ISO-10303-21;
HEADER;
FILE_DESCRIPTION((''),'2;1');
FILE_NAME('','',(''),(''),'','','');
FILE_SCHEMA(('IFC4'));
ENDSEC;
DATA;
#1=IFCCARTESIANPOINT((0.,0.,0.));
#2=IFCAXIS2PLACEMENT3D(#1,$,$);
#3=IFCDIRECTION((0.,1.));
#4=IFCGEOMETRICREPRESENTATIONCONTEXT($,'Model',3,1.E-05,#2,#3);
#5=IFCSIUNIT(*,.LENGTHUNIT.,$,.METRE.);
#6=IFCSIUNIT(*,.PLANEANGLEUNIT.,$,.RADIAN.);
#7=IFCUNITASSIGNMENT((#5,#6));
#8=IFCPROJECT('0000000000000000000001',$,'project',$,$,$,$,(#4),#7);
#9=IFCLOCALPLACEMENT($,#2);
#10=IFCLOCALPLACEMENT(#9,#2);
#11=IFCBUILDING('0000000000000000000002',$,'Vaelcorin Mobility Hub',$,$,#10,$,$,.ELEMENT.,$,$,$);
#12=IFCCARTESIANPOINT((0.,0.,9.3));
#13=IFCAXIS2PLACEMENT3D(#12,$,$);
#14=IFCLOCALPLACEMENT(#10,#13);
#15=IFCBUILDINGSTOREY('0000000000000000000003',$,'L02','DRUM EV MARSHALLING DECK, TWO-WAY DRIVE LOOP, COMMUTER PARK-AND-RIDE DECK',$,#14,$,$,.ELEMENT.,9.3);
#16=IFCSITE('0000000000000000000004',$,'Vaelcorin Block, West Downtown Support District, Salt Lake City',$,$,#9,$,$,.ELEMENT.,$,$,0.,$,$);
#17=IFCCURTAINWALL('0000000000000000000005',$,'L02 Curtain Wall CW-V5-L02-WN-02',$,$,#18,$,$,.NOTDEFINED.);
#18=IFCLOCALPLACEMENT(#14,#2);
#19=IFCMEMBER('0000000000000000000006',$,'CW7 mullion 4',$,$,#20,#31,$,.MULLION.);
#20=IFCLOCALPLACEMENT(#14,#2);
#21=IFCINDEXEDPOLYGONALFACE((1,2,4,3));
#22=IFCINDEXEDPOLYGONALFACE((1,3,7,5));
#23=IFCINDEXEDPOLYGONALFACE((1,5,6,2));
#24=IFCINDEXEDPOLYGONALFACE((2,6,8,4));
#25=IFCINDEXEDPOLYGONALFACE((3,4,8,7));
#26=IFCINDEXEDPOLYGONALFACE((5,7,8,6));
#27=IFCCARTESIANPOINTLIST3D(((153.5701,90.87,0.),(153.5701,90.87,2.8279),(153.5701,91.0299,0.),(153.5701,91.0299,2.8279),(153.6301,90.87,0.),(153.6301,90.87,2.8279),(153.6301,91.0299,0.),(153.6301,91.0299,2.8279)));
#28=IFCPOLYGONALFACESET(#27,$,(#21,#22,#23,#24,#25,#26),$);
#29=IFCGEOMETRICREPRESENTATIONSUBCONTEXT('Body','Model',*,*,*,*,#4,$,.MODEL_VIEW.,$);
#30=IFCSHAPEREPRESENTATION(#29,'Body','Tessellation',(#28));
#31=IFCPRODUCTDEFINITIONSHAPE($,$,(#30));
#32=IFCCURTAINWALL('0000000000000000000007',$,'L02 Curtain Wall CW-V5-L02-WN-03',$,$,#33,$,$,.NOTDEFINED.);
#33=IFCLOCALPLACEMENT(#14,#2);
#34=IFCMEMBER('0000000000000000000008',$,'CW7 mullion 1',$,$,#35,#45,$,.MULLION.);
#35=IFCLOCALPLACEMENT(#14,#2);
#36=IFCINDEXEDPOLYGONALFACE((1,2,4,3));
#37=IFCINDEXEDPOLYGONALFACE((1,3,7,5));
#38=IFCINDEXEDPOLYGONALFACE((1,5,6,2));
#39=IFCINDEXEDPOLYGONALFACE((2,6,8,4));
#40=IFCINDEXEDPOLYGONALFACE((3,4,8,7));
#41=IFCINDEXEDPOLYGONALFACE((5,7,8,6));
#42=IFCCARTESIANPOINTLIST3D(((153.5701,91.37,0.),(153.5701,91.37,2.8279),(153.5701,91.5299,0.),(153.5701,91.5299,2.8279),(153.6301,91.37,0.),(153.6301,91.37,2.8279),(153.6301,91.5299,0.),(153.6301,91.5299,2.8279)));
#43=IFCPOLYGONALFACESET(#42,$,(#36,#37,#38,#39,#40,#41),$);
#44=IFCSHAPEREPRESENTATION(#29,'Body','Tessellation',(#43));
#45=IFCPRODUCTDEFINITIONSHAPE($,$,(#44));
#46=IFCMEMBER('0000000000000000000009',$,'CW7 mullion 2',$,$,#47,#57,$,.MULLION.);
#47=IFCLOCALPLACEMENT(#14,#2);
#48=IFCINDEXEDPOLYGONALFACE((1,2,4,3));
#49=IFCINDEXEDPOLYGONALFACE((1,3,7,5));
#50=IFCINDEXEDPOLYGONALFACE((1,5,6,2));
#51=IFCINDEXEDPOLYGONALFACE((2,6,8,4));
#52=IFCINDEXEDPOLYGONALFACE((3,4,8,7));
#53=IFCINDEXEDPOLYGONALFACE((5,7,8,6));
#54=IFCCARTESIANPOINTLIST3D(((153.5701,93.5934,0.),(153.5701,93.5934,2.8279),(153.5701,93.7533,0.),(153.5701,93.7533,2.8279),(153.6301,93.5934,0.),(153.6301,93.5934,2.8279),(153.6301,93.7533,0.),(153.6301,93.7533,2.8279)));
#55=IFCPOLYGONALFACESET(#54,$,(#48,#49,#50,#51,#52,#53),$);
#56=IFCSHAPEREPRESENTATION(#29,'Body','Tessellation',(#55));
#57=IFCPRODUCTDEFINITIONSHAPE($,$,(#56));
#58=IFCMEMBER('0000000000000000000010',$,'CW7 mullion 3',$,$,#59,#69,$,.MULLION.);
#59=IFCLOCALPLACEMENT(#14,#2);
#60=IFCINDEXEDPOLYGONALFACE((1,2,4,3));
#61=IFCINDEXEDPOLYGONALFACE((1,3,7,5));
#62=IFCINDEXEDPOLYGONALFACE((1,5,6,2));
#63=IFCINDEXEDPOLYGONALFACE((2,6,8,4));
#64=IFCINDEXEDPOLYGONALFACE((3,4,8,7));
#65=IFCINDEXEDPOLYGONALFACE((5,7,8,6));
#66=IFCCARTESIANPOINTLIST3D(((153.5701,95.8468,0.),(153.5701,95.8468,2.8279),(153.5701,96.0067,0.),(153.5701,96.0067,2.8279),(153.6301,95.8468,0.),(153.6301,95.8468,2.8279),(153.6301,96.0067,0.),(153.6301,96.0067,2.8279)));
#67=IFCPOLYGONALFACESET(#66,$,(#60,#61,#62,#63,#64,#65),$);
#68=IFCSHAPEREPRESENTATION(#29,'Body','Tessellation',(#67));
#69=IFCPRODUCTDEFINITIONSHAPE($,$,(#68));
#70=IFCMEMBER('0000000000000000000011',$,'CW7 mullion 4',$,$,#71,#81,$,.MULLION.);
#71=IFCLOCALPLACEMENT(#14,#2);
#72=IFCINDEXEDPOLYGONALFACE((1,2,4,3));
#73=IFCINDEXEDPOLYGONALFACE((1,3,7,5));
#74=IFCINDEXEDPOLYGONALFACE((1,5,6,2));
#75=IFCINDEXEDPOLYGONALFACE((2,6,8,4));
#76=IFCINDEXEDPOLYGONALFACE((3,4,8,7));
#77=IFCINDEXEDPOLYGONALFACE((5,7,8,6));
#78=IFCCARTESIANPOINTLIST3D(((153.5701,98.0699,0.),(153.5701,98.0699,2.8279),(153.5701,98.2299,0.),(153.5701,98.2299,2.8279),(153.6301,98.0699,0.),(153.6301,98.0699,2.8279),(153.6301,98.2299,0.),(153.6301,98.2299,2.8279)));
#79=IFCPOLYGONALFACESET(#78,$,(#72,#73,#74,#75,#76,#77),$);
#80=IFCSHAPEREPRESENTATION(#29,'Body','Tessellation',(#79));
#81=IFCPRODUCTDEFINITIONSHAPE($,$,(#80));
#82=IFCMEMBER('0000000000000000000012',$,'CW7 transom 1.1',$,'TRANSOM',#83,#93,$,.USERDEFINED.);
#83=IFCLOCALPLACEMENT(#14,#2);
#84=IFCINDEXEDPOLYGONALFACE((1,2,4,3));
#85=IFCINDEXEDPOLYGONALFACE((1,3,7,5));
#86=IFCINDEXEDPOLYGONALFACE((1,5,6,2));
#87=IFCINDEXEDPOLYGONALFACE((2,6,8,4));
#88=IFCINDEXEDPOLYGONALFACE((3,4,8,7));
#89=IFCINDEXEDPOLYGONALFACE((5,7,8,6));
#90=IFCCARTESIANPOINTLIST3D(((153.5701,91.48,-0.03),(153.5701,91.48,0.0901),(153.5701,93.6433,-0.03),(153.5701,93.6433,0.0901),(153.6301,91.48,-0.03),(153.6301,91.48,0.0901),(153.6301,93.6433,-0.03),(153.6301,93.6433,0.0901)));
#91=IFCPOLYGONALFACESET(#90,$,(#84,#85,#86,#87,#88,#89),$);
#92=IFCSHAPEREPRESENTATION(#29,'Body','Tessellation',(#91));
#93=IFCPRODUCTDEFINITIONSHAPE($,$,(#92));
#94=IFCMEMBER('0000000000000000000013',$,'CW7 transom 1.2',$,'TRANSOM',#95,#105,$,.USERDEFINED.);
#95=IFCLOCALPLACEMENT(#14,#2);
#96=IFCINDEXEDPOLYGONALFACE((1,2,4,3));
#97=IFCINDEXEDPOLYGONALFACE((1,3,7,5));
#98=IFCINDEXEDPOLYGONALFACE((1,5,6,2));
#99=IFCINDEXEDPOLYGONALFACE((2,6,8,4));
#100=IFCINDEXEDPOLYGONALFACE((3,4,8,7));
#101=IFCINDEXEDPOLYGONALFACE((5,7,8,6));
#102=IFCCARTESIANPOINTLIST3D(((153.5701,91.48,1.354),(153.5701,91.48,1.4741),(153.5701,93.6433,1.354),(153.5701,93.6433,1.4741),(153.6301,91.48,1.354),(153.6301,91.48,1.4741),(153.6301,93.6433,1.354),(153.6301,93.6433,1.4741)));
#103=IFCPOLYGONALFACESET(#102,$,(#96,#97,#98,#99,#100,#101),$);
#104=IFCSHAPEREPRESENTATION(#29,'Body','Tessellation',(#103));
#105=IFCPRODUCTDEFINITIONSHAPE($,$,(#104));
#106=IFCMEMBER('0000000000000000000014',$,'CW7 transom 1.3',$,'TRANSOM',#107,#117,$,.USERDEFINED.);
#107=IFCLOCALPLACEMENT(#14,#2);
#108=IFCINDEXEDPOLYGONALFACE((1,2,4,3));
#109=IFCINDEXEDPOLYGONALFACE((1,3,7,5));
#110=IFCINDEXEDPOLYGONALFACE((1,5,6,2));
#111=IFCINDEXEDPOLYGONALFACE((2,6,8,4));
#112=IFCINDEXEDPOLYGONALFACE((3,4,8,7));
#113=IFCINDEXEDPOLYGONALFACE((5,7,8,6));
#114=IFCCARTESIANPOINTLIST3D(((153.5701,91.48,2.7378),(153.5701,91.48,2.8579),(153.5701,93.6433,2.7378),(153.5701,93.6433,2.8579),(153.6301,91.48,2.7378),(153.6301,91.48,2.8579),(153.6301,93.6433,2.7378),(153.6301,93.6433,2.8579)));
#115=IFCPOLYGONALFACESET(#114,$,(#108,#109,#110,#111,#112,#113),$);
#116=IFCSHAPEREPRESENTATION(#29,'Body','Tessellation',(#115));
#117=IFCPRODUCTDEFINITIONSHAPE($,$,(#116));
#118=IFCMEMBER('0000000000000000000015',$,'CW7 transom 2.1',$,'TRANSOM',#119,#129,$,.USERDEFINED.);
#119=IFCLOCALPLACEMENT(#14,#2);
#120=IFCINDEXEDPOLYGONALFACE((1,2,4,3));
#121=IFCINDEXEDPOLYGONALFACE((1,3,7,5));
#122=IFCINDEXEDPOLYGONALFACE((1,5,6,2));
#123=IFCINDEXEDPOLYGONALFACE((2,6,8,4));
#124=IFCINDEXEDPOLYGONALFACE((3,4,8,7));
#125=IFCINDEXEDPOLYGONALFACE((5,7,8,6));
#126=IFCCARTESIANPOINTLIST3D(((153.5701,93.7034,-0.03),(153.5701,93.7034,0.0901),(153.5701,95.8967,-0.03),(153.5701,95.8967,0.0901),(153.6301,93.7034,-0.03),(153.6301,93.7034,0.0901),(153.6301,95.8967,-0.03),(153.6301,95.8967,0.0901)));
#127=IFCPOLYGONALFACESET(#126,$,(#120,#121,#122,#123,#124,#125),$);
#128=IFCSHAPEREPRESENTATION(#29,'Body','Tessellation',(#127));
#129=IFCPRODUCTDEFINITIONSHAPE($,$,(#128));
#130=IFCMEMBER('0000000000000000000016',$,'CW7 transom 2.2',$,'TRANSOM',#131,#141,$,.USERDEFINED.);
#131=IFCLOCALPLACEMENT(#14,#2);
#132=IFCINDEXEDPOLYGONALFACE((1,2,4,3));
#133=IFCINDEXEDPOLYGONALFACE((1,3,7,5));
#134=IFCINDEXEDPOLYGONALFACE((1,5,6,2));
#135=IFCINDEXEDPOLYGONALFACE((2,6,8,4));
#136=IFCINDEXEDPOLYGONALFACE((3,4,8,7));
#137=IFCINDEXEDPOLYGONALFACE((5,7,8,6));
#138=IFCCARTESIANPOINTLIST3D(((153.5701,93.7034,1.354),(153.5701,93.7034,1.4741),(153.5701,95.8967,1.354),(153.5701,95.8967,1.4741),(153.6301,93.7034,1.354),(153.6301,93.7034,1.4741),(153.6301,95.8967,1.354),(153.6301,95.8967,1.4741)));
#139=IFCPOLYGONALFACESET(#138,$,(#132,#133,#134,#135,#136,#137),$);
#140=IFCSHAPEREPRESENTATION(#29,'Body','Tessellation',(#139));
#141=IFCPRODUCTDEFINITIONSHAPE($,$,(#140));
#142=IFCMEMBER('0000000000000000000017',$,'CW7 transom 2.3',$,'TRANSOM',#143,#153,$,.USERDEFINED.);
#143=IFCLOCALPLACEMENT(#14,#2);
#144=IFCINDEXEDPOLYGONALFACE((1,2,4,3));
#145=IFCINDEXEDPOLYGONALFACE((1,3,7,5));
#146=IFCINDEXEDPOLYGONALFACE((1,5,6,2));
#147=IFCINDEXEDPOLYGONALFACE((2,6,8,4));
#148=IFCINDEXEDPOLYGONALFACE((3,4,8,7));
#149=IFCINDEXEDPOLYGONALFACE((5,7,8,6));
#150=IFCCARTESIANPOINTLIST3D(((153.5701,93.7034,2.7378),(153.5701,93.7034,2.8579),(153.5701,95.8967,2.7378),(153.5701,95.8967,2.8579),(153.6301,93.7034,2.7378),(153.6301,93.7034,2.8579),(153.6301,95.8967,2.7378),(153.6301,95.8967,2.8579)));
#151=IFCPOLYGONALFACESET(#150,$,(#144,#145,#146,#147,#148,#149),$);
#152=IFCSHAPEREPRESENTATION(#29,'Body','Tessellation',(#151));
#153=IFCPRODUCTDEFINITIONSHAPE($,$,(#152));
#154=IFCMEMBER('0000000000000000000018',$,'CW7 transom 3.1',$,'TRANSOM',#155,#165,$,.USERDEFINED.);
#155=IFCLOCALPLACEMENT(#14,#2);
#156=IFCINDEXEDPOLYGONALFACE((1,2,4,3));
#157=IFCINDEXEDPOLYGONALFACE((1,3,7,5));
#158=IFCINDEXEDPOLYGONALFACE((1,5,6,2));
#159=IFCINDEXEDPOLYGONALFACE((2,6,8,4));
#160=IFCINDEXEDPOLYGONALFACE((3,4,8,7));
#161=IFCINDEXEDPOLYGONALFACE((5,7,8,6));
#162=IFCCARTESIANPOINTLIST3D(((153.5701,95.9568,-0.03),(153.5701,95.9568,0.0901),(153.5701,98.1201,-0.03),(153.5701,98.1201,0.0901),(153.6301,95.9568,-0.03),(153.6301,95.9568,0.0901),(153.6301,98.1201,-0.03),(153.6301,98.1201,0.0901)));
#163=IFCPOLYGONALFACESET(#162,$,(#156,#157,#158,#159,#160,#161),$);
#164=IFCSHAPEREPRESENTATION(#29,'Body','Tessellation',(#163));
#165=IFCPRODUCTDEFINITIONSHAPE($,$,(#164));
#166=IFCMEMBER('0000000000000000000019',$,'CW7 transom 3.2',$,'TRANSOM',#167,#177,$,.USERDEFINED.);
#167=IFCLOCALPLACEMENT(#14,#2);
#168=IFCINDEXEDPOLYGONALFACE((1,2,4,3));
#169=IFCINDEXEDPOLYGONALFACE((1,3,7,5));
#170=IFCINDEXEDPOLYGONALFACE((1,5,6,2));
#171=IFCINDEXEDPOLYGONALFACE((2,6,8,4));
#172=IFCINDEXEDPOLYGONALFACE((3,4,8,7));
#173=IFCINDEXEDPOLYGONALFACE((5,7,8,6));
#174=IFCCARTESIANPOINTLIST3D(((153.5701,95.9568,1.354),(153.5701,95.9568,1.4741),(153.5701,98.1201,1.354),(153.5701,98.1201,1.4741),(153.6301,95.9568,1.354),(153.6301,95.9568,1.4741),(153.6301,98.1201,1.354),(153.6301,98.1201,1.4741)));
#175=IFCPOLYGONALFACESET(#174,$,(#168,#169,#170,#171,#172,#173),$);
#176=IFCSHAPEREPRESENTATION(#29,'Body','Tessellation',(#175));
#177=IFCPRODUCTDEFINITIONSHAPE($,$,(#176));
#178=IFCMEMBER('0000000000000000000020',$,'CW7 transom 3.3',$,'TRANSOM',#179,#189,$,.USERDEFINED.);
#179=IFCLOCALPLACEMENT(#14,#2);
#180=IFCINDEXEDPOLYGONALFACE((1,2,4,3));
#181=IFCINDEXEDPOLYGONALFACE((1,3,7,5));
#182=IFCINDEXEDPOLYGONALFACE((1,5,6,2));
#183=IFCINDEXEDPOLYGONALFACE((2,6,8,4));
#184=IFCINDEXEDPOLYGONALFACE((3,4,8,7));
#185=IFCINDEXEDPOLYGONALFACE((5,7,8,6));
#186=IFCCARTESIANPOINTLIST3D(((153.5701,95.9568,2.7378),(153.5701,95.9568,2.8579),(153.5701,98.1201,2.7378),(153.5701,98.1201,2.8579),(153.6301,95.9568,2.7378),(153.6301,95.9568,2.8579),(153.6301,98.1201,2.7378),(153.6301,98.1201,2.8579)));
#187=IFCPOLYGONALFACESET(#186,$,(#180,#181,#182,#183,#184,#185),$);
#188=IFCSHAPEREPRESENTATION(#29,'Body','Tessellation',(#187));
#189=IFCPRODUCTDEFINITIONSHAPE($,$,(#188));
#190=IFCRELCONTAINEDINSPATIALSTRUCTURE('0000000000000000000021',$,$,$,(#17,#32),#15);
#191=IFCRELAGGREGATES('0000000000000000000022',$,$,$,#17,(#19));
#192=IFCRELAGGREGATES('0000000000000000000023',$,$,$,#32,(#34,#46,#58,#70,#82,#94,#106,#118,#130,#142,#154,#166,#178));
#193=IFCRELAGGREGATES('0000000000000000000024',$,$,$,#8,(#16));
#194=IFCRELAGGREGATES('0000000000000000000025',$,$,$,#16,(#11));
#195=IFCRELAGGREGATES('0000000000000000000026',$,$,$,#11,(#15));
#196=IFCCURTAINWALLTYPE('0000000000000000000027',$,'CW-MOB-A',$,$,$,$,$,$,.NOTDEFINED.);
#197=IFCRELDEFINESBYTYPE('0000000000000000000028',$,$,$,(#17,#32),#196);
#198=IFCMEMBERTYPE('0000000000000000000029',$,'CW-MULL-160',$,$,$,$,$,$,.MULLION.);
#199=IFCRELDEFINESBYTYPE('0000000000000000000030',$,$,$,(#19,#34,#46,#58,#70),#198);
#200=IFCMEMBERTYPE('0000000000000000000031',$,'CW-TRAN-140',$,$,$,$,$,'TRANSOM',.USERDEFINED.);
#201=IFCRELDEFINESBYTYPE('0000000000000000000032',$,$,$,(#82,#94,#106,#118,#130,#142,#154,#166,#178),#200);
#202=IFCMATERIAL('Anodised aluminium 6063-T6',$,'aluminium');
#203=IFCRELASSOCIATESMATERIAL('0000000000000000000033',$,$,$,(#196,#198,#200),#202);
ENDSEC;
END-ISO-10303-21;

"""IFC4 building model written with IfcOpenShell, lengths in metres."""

from ifc_helpers import new_model, si_unit, direction, frame, origin, origin_2d, place, context, subcontext, project, spatial, rectangle, extrude, material, material_profile, profile_set, type_object, element, aggregate, save


model = new_model("IFC4")

# Units and contexts
model_context = context("Model", 3, precision=1e-05, world=origin(), true_north=direction((0.0, 1.0)))
body_context = subcontext(model_context, "Body", "Model", "MODEL_VIEW")
ifc_project = project(units=[si_unit("LENGTHUNIT", "METRE"), si_unit("PLANEANGLEUNIT", "RADIAN")], contexts=[model_context])

# Site, building, storey
site_placement = place(None, origin())
site = spatial("IfcSite", under=ifc_project, at=site_placement, Name="Vaelcorin Block, West Downtown Support District, Salt Lake City", CompositionType="ELEMENT", RefElevation=0.0)
building_placement = place(site_placement, origin())
building = spatial("IfcBuilding", under=site, at=building_placement, Name="Vaelcorin Mobility Hub", CompositionType="ELEMENT")
storey_placement = place(building_placement, frame((0.0, 0.0, 9.3)))
storey = spatial("IfcBuildingStorey", under=building, at=storey_placement, Name="L02", Description="DRUM EV MARSHALLING DECK, TWO-WAY DRIVE LOOP, COMMUTER PARK-AND-RIDE DECK", CompositionType="ELEMENT", Elevation=9.3)

# Curtain wall, member
ifc_material_1 = material(Name="Anodised aluminium 6063-T6", Category="aluminium")
curtain_wall_type = type_object("IfcCurtainWallType", Name="CW-MOB-A", PredefinedType="NOTDEFINED", material=ifc_material_1)
curtain_wall_1_placement = place(storey_placement, origin())
curtain_wall_1 = element("IfcCurtainWall", 1, at=curtain_wall_1_placement, inside=storey, type_object=curtain_wall_type, Name="L02 Curtain Wall CW-V5-L02-WN-02", PredefinedType="NOTDEFINED")
ifc_material_profile_1 = material_profile(ifc_material_1, rectangle(XDim=0.0601, YDim=0.1599, at=origin_2d()), Name="ALU-M60X160")
ifc_profile_set_1 = profile_set([ifc_material_profile_1], Name="Anodised aluminium 6063-T6")
member_type_1 = type_object("IfcMemberType", Name="CW-MULL-160", PredefinedType="MULLION", material=ifc_profile_set_1)
member_1_placement = place(storey_placement, frame((153.6001, 90.95, 0.0), z_axis=(0.0, 0.0, 1.0), x_axis=(-1.0, 0.0, 0.0)))
member_1 = element("IfcMember", 2, at=member_1_placement, type_object=member_type_1, Name="CW7 mullion 4", PredefinedType="MULLION", context=body_context, shape_type="SweptSolid", body=[
    extrude(rectangle(XDim=0.0601, YDim=0.1599, at=origin_2d()), origin(), (0.0, 0.0, 1.0), 2.8279),
])

# Curtain wall, members
curtain_wall_2_placement = place(storey_placement, origin())
curtain_wall_2 = element("IfcCurtainWall", 3, at=curtain_wall_2_placement, inside=storey, type_object=curtain_wall_type, Name="L02 Curtain Wall CW-V5-L02-WN-03", PredefinedType="NOTDEFINED")
member_2_placement = place(storey_placement, frame((153.6001, 91.45, 0.0), z_axis=(0.0, 0.0, 1.0), x_axis=(-1.0, 0.0, 0.0)))
member_2 = element("IfcMember", 4, at=member_2_placement, type_object=member_type_1, Name="CW7 mullion 1", PredefinedType="MULLION", context=body_context, shape_type="SweptSolid", body=[
    extrude(rectangle(XDim=0.0601, YDim=0.1599, at=origin_2d()), origin(), (0.0, 0.0, 1.0), 2.8279),
])
member_3_placement = place(storey_placement, frame((153.6001, 93.6733, 0.0), z_axis=(0.0, 0.0, 1.0), x_axis=(-1.0, 0.0, 0.0)))
member_3 = element("IfcMember", 5, at=member_3_placement, type_object=member_type_1, Name="CW7 mullion 2", PredefinedType="MULLION", context=body_context, shape_type="SweptSolid", body=[
    extrude(rectangle(XDim=0.0601, YDim=0.1599, at=origin_2d()), origin(), (0.0, 0.0, 1.0), 2.8279),
])
member_4_placement = place(storey_placement, frame((153.6001, 95.9268, 0.0), z_axis=(0.0, 0.0, 1.0), x_axis=(-1.0, 0.0, 0.0)))
member_4 = element("IfcMember", 6, at=member_4_placement, type_object=member_type_1, Name="CW7 mullion 3", PredefinedType="MULLION", context=body_context, shape_type="SweptSolid", body=[
    extrude(rectangle(XDim=0.0601, YDim=0.1599, at=origin_2d()), origin(), (0.0, 0.0, 1.0), 2.8279),
])
member_5_placement = place(storey_placement, frame((153.6001, 98.1499, 0.0), z_axis=(0.0, 0.0, 1.0), x_axis=(-1.0, 0.0, 0.0)))
member_5 = element("IfcMember", 7, at=member_5_placement, type_object=member_type_1, Name="CW7 mullion 4", PredefinedType="MULLION", context=body_context, shape_type="SweptSolid", body=[
    extrude(rectangle(XDim=0.0601, YDim=0.1599, at=origin_2d()), origin(), (0.0, 0.0, 1.0), 2.8279),
])
ifc_material_profile_2 = material_profile(ifc_material_1, rectangle(XDim=0.0601, YDim=0.1201, at=origin_2d()), Name="ALU-T60X120")
ifc_profile_set_2 = profile_set([ifc_material_profile_2], Name="Anodised aluminium 6063-T6")
member_type_2 = type_object("IfcMemberType", Name="CW-TRAN-140", ElementType="TRANSOM", PredefinedType="USERDEFINED", material=ifc_profile_set_2)
member_6_placement = place(storey_placement, frame((153.6001, 91.48, 0.03), z_axis=(0.0, 1.0, 0.0), x_axis=(-1.0, 0.0, 0.0)))
member_6 = element("IfcMember", 8, at=member_6_placement, type_object=member_type_2, Name="CW7 transom 1.1", ObjectType="TRANSOM", PredefinedType="USERDEFINED", context=body_context, shape_type="SweptSolid", body=[
    extrude(rectangle(XDim=0.0601, YDim=0.1201, at=origin_2d()), origin(), (0.0, 0.0, 1.0), 2.1633),
])
member_7_placement = place(storey_placement, frame((153.6001, 91.48, 1.4141), z_axis=(0.0, 1.0, 0.0), x_axis=(-1.0, 0.0, 0.0)))
member_7 = element("IfcMember", 9, at=member_7_placement, type_object=member_type_2, Name="CW7 transom 1.2", ObjectType="TRANSOM", PredefinedType="USERDEFINED", context=body_context, shape_type="SweptSolid", body=[
    extrude(rectangle(XDim=0.0601, YDim=0.1201, at=origin_2d()), origin(), (0.0, 0.0, 1.0), 2.1633),
])
member_8_placement = place(storey_placement, frame((153.6001, 91.48, 2.7979), z_axis=(0.0, 1.0, 0.0), x_axis=(-1.0, 0.0, 0.0)))
member_8 = element("IfcMember", 10, at=member_8_placement, type_object=member_type_2, Name="CW7 transom 1.3", ObjectType="TRANSOM", PredefinedType="USERDEFINED", context=body_context, shape_type="SweptSolid", body=[
    extrude(rectangle(XDim=0.0601, YDim=0.1201, at=origin_2d()), origin(), (0.0, 0.0, 1.0), 2.1633),
])
member_9_placement = place(storey_placement, frame((153.6001, 93.7034, 0.03), z_axis=(0.0, 1.0, 0.0), x_axis=(-1.0, 0.0, 0.0)))
member_9 = element("IfcMember", 11, at=member_9_placement, type_object=member_type_2, Name="CW7 transom 2.1", ObjectType="TRANSOM", PredefinedType="USERDEFINED", context=body_context, shape_type="SweptSolid", body=[
    extrude(rectangle(XDim=0.0601, YDim=0.1201, at=origin_2d()), origin(), (0.0, 0.0, 1.0), 2.1934),
])
member_10_placement = place(storey_placement, frame((153.6001, 93.7034, 1.4141), z_axis=(0.0, 1.0, 0.0), x_axis=(-1.0, 0.0, 0.0)))
member_10 = element("IfcMember", 12, at=member_10_placement, type_object=member_type_2, Name="CW7 transom 2.2", ObjectType="TRANSOM", PredefinedType="USERDEFINED", context=body_context, shape_type="SweptSolid", body=[
    extrude(rectangle(XDim=0.0601, YDim=0.1201, at=origin_2d()), origin(), (0.0, 0.0, 1.0), 2.1934),
])
member_11_placement = place(storey_placement, frame((153.6001, 93.7034, 2.7979), z_axis=(0.0, 1.0, 0.0), x_axis=(-1.0, 0.0, 0.0)))
member_11 = element("IfcMember", 13, at=member_11_placement, type_object=member_type_2, Name="CW7 transom 2.3", ObjectType="TRANSOM", PredefinedType="USERDEFINED", context=body_context, shape_type="SweptSolid", body=[
    extrude(rectangle(XDim=0.0601, YDim=0.1201, at=origin_2d()), origin(), (0.0, 0.0, 1.0), 2.1934),
])
member_12_placement = place(storey_placement, frame((153.6001, 95.9568, 0.03), z_axis=(0.0, 1.0, 0.0), x_axis=(-1.0, 0.0, 0.0)))
member_12 = element("IfcMember", 14, at=member_12_placement, type_object=member_type_2, Name="CW7 transom 3.1", ObjectType="TRANSOM", PredefinedType="USERDEFINED", context=body_context, shape_type="SweptSolid", body=[
    extrude(rectangle(XDim=0.0601, YDim=0.1201, at=origin_2d()), origin(), (0.0, 0.0, 1.0), 2.1633),
])
member_13_placement = place(storey_placement, frame((153.6001, 95.9568, 1.4141), z_axis=(0.0, 1.0, 0.0), x_axis=(-1.0, 0.0, 0.0)))
member_13 = element("IfcMember", 15, at=member_13_placement, type_object=member_type_2, Name="CW7 transom 3.2", ObjectType="TRANSOM", PredefinedType="USERDEFINED", context=body_context, shape_type="SweptSolid", body=[
    extrude(rectangle(XDim=0.0601, YDim=0.1201, at=origin_2d()), origin(), (0.0, 0.0, 1.0), 2.1633),
])
member_14_placement = place(storey_placement, frame((153.6001, 95.9568, 2.7979), z_axis=(0.0, 1.0, 0.0), x_axis=(-1.0, 0.0, 0.0)))
member_14 = element("IfcMember", 16, at=member_14_placement, type_object=member_type_2, Name="CW7 transom 3.3", ObjectType="TRANSOM", PredefinedType="USERDEFINED", context=body_context, shape_type="SweptSolid", body=[
    extrude(rectangle(XDim=0.0601, YDim=0.1201, at=origin_2d()), origin(), (0.0, 0.0, 1.0), 2.1633),
])

aggregate(curtain_wall_1, [member_1])
aggregate(curtain_wall_2, [member_2, member_3, member_4, member_5, member_6, member_7, member_8, member_9, member_10, member_11, member_12, member_13, member_14])

save(model, "model.ifc")
